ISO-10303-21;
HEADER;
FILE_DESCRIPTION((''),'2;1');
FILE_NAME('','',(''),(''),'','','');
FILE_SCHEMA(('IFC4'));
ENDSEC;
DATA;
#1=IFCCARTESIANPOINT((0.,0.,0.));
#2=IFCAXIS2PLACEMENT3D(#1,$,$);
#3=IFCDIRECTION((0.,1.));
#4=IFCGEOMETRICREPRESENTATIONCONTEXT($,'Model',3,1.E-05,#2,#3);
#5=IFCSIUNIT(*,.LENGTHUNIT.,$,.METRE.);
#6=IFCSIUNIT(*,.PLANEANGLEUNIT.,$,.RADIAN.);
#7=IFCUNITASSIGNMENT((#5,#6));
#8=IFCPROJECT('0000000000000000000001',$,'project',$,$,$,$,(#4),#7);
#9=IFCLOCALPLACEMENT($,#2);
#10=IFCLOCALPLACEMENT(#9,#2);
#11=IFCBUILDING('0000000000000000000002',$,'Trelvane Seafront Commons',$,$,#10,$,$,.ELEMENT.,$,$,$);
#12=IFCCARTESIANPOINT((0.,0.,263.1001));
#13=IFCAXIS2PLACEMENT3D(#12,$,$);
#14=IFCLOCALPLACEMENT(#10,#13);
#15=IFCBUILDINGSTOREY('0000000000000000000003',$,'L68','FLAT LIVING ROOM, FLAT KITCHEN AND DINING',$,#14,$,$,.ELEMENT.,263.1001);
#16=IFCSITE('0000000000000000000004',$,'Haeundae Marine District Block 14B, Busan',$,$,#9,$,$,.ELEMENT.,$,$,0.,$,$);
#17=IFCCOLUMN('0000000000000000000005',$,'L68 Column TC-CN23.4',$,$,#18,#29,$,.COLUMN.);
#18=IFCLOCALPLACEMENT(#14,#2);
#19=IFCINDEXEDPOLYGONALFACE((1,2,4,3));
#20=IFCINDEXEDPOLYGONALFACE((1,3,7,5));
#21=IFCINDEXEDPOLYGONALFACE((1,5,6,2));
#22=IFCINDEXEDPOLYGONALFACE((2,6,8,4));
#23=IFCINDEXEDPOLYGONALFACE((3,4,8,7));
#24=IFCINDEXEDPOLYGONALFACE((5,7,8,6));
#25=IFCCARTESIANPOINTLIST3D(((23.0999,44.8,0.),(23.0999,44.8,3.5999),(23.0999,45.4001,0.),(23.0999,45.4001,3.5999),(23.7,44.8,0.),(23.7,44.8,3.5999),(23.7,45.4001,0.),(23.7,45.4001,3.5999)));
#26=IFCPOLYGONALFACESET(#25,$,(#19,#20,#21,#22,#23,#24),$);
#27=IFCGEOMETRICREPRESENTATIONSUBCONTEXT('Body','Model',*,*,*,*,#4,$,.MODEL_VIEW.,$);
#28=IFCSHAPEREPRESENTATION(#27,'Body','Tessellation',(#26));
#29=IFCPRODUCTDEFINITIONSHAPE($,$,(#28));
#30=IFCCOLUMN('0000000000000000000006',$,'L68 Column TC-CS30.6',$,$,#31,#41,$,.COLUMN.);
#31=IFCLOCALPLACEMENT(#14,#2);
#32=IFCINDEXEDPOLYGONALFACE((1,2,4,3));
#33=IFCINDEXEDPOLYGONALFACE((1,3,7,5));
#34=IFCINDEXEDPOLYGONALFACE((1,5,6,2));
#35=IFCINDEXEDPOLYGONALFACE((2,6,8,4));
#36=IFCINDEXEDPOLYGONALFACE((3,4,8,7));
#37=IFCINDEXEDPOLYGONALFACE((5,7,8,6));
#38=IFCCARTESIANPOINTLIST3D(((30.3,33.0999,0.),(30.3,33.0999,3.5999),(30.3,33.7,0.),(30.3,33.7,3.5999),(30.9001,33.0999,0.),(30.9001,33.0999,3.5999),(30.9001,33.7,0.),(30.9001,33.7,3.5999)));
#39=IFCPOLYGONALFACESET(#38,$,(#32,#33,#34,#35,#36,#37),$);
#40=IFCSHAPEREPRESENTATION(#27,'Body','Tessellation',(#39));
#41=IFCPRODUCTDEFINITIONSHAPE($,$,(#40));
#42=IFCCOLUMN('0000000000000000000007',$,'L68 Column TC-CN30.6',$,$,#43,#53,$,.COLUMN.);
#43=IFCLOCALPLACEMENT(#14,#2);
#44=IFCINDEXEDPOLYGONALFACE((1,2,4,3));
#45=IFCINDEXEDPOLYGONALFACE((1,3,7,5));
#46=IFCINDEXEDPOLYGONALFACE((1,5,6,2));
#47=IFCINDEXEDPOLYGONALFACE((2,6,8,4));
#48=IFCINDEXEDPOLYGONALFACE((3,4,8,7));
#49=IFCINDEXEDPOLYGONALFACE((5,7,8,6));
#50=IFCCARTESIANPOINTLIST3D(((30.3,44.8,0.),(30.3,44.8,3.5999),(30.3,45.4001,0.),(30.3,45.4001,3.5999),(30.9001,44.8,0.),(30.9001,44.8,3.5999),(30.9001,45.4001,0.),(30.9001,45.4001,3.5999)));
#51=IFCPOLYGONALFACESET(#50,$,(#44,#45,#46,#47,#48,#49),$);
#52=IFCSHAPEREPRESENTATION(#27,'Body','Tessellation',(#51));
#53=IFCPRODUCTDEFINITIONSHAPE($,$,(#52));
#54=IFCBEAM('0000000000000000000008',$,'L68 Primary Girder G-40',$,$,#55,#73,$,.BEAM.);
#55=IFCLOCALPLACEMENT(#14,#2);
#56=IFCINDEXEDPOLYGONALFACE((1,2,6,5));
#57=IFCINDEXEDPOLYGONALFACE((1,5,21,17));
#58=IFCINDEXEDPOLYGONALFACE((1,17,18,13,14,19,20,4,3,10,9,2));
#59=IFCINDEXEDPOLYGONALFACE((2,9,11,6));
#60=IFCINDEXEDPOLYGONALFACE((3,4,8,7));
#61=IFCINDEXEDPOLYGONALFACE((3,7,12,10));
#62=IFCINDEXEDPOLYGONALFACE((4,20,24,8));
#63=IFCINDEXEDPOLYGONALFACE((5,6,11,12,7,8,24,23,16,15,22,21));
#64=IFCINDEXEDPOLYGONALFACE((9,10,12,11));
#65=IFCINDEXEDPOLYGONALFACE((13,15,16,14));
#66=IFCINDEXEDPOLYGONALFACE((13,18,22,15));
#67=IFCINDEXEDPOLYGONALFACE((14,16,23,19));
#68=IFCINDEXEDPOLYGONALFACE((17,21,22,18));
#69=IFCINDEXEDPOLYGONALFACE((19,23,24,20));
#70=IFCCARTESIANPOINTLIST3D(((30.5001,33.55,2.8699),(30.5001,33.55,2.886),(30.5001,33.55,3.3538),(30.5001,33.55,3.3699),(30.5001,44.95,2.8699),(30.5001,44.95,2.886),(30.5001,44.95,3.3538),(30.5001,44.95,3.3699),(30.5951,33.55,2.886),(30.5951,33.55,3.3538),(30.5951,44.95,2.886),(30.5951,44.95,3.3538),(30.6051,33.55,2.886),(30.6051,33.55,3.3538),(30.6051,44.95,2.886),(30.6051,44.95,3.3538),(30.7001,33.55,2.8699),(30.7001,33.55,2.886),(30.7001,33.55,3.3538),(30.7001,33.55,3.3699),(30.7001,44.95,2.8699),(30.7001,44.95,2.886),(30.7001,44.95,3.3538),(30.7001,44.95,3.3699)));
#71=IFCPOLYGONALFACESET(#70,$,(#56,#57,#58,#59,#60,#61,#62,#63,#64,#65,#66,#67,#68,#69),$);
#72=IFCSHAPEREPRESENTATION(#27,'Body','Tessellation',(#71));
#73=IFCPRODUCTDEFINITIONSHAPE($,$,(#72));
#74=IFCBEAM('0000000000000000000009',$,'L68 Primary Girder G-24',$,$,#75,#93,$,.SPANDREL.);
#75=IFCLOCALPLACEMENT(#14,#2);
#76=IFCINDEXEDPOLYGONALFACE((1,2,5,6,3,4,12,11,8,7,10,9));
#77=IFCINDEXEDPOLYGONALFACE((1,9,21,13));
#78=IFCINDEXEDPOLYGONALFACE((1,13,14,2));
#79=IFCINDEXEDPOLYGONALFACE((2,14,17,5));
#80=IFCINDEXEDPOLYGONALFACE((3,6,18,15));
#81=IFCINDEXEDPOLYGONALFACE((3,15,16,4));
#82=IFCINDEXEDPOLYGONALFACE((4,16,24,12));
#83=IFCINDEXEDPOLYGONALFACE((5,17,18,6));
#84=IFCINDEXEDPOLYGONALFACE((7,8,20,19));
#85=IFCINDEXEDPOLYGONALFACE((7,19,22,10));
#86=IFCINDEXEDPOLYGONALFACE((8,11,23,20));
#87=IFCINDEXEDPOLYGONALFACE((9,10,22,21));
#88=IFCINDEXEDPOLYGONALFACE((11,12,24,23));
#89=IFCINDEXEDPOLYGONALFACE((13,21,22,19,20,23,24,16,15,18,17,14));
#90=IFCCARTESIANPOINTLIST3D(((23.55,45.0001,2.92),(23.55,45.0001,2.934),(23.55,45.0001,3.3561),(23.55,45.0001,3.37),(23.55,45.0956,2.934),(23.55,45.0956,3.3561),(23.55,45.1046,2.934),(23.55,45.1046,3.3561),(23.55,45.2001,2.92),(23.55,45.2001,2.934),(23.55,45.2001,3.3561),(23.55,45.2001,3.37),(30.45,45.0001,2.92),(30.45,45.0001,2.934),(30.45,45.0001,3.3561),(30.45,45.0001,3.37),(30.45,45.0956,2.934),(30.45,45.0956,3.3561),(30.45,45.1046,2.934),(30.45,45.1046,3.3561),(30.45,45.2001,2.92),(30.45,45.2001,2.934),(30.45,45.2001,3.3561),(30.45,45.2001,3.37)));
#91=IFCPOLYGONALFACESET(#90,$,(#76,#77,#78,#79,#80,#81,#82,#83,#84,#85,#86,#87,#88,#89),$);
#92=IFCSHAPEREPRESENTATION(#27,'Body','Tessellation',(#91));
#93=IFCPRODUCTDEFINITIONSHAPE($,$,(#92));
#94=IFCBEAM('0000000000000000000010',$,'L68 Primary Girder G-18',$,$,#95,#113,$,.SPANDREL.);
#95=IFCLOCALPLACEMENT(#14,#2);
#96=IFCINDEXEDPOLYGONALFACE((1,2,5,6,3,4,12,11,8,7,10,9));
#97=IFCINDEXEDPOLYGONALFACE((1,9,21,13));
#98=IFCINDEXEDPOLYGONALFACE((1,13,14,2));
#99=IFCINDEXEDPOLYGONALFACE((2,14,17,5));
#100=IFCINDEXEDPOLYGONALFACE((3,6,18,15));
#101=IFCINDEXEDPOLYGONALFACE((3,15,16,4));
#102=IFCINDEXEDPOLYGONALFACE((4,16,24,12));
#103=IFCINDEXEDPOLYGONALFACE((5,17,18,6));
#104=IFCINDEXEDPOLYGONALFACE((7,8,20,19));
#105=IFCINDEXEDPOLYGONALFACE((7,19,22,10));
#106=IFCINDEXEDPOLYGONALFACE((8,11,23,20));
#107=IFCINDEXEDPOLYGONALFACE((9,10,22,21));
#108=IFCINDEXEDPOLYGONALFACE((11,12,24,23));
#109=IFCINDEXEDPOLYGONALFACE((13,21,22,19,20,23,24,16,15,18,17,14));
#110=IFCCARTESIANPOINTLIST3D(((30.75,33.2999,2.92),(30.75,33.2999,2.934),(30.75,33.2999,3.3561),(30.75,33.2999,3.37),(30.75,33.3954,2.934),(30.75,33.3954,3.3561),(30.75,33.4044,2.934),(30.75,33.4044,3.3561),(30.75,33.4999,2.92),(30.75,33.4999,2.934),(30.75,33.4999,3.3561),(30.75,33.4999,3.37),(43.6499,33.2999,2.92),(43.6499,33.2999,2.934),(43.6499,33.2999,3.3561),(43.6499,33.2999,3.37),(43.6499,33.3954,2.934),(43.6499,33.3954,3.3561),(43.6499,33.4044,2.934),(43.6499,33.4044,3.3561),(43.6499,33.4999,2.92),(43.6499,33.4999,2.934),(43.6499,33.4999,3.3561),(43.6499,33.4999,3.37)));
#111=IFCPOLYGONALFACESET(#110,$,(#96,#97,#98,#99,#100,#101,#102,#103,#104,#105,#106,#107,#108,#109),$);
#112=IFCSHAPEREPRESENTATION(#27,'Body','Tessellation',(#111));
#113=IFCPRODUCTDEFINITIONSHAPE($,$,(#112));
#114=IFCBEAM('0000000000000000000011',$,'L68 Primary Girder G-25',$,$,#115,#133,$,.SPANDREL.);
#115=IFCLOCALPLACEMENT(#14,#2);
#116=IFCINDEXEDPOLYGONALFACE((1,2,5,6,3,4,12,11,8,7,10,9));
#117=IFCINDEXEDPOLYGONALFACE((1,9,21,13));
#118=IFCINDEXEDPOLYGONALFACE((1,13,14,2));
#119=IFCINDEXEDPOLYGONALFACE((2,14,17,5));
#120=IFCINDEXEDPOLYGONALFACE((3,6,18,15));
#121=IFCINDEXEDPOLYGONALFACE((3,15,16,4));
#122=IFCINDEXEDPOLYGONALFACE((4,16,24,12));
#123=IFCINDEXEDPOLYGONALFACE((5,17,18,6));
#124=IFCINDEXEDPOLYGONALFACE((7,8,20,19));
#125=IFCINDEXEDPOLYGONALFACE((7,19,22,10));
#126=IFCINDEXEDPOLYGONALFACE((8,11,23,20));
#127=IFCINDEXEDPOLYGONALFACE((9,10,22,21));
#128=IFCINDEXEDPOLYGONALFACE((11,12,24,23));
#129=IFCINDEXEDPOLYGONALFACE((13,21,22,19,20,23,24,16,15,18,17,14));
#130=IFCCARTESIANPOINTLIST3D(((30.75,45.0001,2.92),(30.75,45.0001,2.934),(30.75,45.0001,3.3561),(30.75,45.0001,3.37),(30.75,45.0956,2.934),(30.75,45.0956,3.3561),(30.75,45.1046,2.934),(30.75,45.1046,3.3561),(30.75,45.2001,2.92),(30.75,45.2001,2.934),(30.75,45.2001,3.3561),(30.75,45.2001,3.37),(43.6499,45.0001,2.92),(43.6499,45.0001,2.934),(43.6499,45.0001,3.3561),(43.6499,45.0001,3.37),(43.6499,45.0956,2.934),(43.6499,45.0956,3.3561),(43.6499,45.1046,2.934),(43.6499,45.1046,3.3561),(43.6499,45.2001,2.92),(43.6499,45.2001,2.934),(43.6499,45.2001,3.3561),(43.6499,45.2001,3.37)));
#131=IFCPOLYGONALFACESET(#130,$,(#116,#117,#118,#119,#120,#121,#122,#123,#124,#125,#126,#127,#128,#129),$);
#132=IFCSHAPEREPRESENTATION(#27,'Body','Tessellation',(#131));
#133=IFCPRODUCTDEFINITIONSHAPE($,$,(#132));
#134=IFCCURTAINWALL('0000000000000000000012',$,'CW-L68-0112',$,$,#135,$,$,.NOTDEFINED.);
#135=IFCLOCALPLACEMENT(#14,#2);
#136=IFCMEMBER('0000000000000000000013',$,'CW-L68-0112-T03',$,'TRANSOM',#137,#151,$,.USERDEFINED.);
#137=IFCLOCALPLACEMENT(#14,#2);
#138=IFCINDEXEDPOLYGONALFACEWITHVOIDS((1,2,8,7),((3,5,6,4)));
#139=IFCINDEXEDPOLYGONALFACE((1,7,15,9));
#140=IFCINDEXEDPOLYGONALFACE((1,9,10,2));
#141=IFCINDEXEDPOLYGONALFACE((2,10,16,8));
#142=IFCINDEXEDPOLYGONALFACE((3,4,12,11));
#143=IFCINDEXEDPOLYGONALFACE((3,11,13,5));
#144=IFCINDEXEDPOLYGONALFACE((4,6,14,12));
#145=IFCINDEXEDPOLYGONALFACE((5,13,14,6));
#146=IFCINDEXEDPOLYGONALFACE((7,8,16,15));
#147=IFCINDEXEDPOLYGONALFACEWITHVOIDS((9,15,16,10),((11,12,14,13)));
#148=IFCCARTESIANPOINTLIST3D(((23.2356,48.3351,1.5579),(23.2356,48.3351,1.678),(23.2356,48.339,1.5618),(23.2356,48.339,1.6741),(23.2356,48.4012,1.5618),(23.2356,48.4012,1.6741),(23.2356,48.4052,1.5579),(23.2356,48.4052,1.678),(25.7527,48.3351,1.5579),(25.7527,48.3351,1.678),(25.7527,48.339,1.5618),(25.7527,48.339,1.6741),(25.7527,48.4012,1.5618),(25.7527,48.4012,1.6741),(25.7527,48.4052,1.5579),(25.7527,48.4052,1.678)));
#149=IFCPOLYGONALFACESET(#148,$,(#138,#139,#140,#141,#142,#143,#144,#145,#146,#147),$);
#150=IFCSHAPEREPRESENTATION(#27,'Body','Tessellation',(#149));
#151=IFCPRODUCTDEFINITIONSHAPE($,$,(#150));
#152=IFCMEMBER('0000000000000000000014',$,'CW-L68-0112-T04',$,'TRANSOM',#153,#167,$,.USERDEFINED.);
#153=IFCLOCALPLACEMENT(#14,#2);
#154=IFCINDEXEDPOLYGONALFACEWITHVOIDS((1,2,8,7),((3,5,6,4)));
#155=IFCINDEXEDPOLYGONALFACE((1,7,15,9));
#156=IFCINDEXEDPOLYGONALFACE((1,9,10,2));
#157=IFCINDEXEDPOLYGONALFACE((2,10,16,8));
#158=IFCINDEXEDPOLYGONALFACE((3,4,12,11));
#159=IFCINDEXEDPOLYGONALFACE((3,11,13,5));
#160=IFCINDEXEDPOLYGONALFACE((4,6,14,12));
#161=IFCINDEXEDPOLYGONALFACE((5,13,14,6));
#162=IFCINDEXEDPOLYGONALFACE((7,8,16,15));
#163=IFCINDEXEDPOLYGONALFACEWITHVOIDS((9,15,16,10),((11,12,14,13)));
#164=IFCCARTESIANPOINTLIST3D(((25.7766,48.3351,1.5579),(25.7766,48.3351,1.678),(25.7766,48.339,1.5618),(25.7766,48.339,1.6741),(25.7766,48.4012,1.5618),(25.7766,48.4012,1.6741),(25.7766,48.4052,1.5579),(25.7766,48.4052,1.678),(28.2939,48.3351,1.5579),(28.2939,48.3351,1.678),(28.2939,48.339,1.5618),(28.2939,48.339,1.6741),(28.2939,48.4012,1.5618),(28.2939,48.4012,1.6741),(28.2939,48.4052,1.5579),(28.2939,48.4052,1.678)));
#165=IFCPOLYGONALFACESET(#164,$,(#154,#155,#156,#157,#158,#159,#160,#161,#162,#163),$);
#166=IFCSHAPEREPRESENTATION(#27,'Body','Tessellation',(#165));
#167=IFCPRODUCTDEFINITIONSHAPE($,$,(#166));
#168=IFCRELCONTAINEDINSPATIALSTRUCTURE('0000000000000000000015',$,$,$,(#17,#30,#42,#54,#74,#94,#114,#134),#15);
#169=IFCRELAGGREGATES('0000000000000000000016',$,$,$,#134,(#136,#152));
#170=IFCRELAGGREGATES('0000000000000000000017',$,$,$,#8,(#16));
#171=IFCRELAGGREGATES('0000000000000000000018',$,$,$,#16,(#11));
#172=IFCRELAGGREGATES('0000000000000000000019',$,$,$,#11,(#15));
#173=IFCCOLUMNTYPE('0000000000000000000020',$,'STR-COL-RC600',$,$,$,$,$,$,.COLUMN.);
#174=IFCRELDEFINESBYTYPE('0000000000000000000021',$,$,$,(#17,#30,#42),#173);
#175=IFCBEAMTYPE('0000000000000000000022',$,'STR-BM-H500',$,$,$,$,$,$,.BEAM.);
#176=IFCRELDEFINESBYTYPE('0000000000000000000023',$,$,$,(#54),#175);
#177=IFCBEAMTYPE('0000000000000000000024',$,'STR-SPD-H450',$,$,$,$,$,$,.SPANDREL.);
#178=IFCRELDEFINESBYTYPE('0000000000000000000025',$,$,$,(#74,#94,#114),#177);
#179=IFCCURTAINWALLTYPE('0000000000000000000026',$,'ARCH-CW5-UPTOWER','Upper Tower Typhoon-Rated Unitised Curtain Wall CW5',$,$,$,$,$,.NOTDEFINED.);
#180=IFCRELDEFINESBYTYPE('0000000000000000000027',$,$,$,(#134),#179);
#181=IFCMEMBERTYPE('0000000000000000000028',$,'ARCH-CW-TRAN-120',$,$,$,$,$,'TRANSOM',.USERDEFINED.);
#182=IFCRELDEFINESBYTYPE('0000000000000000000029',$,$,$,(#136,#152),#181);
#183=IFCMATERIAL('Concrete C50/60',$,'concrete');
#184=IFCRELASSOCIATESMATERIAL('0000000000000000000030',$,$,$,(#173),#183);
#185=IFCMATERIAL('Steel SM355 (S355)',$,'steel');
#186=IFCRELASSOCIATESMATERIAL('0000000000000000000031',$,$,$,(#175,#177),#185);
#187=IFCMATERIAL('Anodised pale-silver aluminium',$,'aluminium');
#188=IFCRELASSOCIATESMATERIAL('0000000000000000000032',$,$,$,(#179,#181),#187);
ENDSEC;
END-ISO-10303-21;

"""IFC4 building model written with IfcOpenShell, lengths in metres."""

from ifc_helpers import new_model, si_unit, direction, frame, origin, origin_2d, place, context, subcontext, project, spatial, rectangle, hollow_rectangle, i_section, extrude, source, transform, mapped, material, material_profile, profile_set, type_object, element, aggregate, save


model = new_model("IFC4")

# Units and contexts
model_context = context("Model", 3, precision=1e-05, world=origin(), true_north=direction((0.0, 1.0)))
body_context = subcontext(model_context, "Body", "Model", "MODEL_VIEW")
ifc_project = project(units=[si_unit("LENGTHUNIT", "METRE"), si_unit("PLANEANGLEUNIT", "RADIAN")], contexts=[model_context])

# Site, building, storey
site_placement = place(None, origin())
site = spatial("IfcSite", under=ifc_project, at=site_placement, Name="Haeundae Marine District Block 14B, Busan", CompositionType="ELEMENT", RefElevation=0.0)
building_placement = place(site_placement, origin())
building = spatial("IfcBuilding", under=site, at=building_placement, Name="Trelvane Seafront Commons", CompositionType="ELEMENT")
storey_placement = place(building_placement, frame((0.0, 0.0, 263.1001)))
storey = spatial("IfcBuildingStorey", under=building, at=storey_placement, Name="L68", Description="FLAT LIVING ROOM, FLAT KITCHEN AND DINING", CompositionType="ELEMENT", Elevation=263.1001)

# Columns
ifc_material_1 = material(Name="Concrete C50/60", Category="concrete")
ifc_material_profile_1 = material_profile(ifc_material_1, rectangle(XDim=0.6001, YDim=0.6001, at=origin_2d()), Name="RC-600x600")
ifc_profile_set_1 = profile_set([ifc_material_profile_1], Name="Concrete C50/60")
column_type = type_object("IfcColumnType", Name="STR-COL-RC600", PredefinedType="COLUMN", material=ifc_profile_set_1)
shared_shape_1 = source(origin(), body_context, "Body", "SweptSolid", [
    extrude(rectangle(XDim=0.6001, YDim=0.6001, at=origin_2d()), origin(), (0.0, 0.0, 1.0), 3.5999),
])
for number, where, z_axis, x_axis, name in (
    (1, (23.3999, 45.1001, 0.0), (0.0, 0.0, 1.0), (1.0, 0.0, 0.0), "L68 Column TC-CN23.4"),
    (2, (30.6001, 33.3999, 0.0), (0.0, 0.0, 1.0), (1.0, 0.0, 0.0), "L68 Column TC-CS30.6"),
    (3, (30.6001, 45.1001, 0.0), (0.0, 0.0, 1.0), (1.0, 0.0, 0.0), "L68 Column TC-CN30.6"),
):
    element("IfcColumn", number, at=place(storey_placement, frame(where, z_axis=z_axis, x_axis=x_axis)), inside=storey, type_object=column_type, Name=name, PredefinedType="COLUMN", context=body_context, shape_type="MappedRepresentation", body=[
        mapped(shared_shape_1, transform((0.0, 0.0, 0.0), x_axis=(1.0, 0.0, 0.0), y_axis=(0.0, 1.0, 0.0), z_axis=(0.0, 0.0, 1.0), scale=1.0)),
    ])

# Beams
ifc_material_2 = material(Name="Steel SM355 (S355)", Category="steel")
ifc_material_profile_2 = material_profile(ifc_material_2, i_section(OverallWidth=0.2, OverallDepth=0.5, WebThickness=0.01, FlangeThickness=0.0161, at=origin_2d()), Name="H-500x200x10x16")
ifc_profile_set_2 = profile_set([ifc_material_profile_2], Name="Steel SM355 (S355)")
beam_type_1 = type_object("IfcBeamType", Name="STR-BM-H500", PredefinedType="BEAM", material=ifc_profile_set_2)
shared_shape_2 = source(origin(), body_context, "Body", "SweptSolid", [
    extrude(i_section(OverallWidth=0.2, OverallDepth=0.5, WebThickness=0.01, FlangeThickness=0.0161, at=origin_2d()), origin(), (0.0, 0.0, 1.0), 11.3999),
])
beam_1_placement = place(storey_placement, frame((30.6001, 33.55, 3.1199), z_axis=(0.0, 1.0, 0.0), x_axis=(-1.0, 0.0, 0.0)))
element("IfcBeam", 4, at=beam_1_placement, inside=storey, type_object=beam_type_1, Name="L68 Primary Girder G-40", PredefinedType="BEAM", context=body_context, shape_type="MappedRepresentation", body=[
    mapped(shared_shape_2, transform((0.0, 0.0, 0.0), x_axis=(1.0, 0.0, 0.0), y_axis=(0.0, 1.0, 0.0), z_axis=(0.0, 0.0, 1.0), scale=1.0)),
])
ifc_material_profile_3 = material_profile(ifc_material_2, i_section(OverallWidth=0.2, OverallDepth=0.45, WebThickness=0.009, FlangeThickness=0.0139, at=origin_2d()), Name="H-450x200x9x14")
ifc_profile_set_3 = profile_set([ifc_material_profile_3], Name="Steel SM355 (S355)")
beam_type_2 = type_object("IfcBeamType", Name="STR-SPD-H450", PredefinedType="SPANDREL", material=ifc_profile_set_3)
shared_shape_3 = source(origin(), body_context, "Body", "SweptSolid", [
    extrude(i_section(OverallWidth=0.2, OverallDepth=0.45, WebThickness=0.009, FlangeThickness=0.0139, at=origin_2d()), origin(), (0.0, 0.0, 1.0), 6.8999),
])
beam_2_placement = place(storey_placement, frame((23.55, 45.1001, 3.145), z_axis=(1.0, 0.0, 0.0), x_axis=(0.0, 1.0, 0.0)))
element("IfcBeam", 5, at=beam_2_placement, inside=storey, type_object=beam_type_2, Name="L68 Primary Girder G-24", PredefinedType="SPANDREL", context=body_context, shape_type="MappedRepresentation", body=[
    mapped(shared_shape_3, transform((0.0, 0.0, 0.0), x_axis=(1.0, 0.0, 0.0), y_axis=(0.0, 1.0, 0.0), z_axis=(0.0, 0.0, 1.0), scale=1.0)),
])
shared_shape_4 = source(origin(), body_context, "Body", "SweptSolid", [
    extrude(i_section(OverallWidth=0.2, OverallDepth=0.45, WebThickness=0.009, FlangeThickness=0.0139, at=origin_2d()), origin(), (0.0, 0.0, 1.0), 12.8999),
])
for number, where, z_axis, x_axis, name in (
    (6, (30.75, 33.3999, 3.145), (1.0, 0.0, 0.0), (0.0, 1.0, 0.0), "L68 Primary Girder G-18"),
    (7, (30.75, 45.1001, 3.145), (1.0, 0.0, 0.0), (0.0, 1.0, 0.0), "L68 Primary Girder G-25"),
):
    element("IfcBeam", number, at=place(storey_placement, frame(where, z_axis=z_axis, x_axis=x_axis)), inside=storey, type_object=beam_type_2, Name=name, PredefinedType="SPANDREL", context=body_context, shape_type="MappedRepresentation", body=[
        mapped(shared_shape_4, transform((0.0, 0.0, 0.0), x_axis=(1.0, 0.0, 0.0), y_axis=(0.0, 1.0, 0.0), z_axis=(0.0, 0.0, 1.0), scale=1.0)),
    ])

# Curtain wall, members
ifc_material_3 = material(Name="Anodised pale-silver aluminium", Category="aluminium")
curtain_wall_type = type_object("IfcCurtainWallType", Name="ARCH-CW5-UPTOWER", Description="Upper Tower Typhoon-Rated Unitised Curtain Wall CW5", PredefinedType="NOTDEFINED", material=ifc_material_3)
curtain_wall_placement = place(storey_placement, origin())
curtain_wall = element("IfcCurtainWall", 8, at=curtain_wall_placement, inside=storey, type_object=curtain_wall_type, Name="CW-L68-0112", PredefinedType="NOTDEFINED")
ifc_material_profile_4 = material_profile(ifc_material_3, hollow_rectangle(XDim=0.0701, YDim=0.1201, WallThickness=0.0039, at=origin_2d()), Name="TRAN-70x120x4")
ifc_profile_set_4 = profile_set([ifc_material_profile_4], Name="Anodised pale-silver aluminium")
member_type_1 = type_object("IfcMemberType", Name="ARCH-CW-TRAN-120", ElementType="TRANSOM", PredefinedType="USERDEFINED", material=ifc_profile_set_4)
shared_shape_5 = source(origin(), body_context, "Body", "SweptSolid", [
    extrude(hollow_rectangle(XDim=0.0701, YDim=0.1201, WallThickness=0.0039, at=origin_2d()), origin(), (0.0, 0.0, 1.0), 2.5171),
])
member_1_placement = place(storey_placement, frame((23.2356, 48.3701, 1.6179), z_axis=(1.0, 0.0, 0.0), x_axis=(0.0, 1.0, 0.0)))
member_1 = element("IfcMember", 9, at=member_1_placement, type_object=member_type_1, Name="CW-L68-0112-T03", ObjectType="TRANSOM", PredefinedType="USERDEFINED", context=body_context, shape_type="MappedRepresentation", body=[
    mapped(shared_shape_5, transform((0.0, 0.0, 0.0), x_axis=(1.0, 0.0, 0.0), y_axis=(0.0, 1.0, 0.0), z_axis=(0.0, 0.0, 1.0), scale=1.0)),
])
shared_shape_6 = source(origin(), body_context, "Body", "SweptSolid", [
    extrude(hollow_rectangle(XDim=0.0701, YDim=0.1201, WallThickness=0.0039, at=origin_2d()), origin(), (0.0, 0.0, 1.0), 2.5173),
])
member_2_placement = place(storey_placement, frame((25.7766, 48.3701, 1.6179), z_axis=(1.0, 0.0, 0.0), x_axis=(0.0, 1.0, 0.0)))
member_2 = element("IfcMember", 10, at=member_2_placement, type_object=member_type_1, Name="CW-L68-0112-T04", ObjectType="TRANSOM", PredefinedType="USERDEFINED", context=body_context, shape_type="MappedRepresentation", body=[
    mapped(shared_shape_6, transform((0.0, 0.0, 0.0), x_axis=(1.0, 0.0, 0.0), y_axis=(0.0, 1.0, 0.0), z_axis=(0.0, 0.0, 1.0), scale=1.0)),
])
aggregate(curtain_wall, [member_1, member_2])

save(model, "model.ifc")
